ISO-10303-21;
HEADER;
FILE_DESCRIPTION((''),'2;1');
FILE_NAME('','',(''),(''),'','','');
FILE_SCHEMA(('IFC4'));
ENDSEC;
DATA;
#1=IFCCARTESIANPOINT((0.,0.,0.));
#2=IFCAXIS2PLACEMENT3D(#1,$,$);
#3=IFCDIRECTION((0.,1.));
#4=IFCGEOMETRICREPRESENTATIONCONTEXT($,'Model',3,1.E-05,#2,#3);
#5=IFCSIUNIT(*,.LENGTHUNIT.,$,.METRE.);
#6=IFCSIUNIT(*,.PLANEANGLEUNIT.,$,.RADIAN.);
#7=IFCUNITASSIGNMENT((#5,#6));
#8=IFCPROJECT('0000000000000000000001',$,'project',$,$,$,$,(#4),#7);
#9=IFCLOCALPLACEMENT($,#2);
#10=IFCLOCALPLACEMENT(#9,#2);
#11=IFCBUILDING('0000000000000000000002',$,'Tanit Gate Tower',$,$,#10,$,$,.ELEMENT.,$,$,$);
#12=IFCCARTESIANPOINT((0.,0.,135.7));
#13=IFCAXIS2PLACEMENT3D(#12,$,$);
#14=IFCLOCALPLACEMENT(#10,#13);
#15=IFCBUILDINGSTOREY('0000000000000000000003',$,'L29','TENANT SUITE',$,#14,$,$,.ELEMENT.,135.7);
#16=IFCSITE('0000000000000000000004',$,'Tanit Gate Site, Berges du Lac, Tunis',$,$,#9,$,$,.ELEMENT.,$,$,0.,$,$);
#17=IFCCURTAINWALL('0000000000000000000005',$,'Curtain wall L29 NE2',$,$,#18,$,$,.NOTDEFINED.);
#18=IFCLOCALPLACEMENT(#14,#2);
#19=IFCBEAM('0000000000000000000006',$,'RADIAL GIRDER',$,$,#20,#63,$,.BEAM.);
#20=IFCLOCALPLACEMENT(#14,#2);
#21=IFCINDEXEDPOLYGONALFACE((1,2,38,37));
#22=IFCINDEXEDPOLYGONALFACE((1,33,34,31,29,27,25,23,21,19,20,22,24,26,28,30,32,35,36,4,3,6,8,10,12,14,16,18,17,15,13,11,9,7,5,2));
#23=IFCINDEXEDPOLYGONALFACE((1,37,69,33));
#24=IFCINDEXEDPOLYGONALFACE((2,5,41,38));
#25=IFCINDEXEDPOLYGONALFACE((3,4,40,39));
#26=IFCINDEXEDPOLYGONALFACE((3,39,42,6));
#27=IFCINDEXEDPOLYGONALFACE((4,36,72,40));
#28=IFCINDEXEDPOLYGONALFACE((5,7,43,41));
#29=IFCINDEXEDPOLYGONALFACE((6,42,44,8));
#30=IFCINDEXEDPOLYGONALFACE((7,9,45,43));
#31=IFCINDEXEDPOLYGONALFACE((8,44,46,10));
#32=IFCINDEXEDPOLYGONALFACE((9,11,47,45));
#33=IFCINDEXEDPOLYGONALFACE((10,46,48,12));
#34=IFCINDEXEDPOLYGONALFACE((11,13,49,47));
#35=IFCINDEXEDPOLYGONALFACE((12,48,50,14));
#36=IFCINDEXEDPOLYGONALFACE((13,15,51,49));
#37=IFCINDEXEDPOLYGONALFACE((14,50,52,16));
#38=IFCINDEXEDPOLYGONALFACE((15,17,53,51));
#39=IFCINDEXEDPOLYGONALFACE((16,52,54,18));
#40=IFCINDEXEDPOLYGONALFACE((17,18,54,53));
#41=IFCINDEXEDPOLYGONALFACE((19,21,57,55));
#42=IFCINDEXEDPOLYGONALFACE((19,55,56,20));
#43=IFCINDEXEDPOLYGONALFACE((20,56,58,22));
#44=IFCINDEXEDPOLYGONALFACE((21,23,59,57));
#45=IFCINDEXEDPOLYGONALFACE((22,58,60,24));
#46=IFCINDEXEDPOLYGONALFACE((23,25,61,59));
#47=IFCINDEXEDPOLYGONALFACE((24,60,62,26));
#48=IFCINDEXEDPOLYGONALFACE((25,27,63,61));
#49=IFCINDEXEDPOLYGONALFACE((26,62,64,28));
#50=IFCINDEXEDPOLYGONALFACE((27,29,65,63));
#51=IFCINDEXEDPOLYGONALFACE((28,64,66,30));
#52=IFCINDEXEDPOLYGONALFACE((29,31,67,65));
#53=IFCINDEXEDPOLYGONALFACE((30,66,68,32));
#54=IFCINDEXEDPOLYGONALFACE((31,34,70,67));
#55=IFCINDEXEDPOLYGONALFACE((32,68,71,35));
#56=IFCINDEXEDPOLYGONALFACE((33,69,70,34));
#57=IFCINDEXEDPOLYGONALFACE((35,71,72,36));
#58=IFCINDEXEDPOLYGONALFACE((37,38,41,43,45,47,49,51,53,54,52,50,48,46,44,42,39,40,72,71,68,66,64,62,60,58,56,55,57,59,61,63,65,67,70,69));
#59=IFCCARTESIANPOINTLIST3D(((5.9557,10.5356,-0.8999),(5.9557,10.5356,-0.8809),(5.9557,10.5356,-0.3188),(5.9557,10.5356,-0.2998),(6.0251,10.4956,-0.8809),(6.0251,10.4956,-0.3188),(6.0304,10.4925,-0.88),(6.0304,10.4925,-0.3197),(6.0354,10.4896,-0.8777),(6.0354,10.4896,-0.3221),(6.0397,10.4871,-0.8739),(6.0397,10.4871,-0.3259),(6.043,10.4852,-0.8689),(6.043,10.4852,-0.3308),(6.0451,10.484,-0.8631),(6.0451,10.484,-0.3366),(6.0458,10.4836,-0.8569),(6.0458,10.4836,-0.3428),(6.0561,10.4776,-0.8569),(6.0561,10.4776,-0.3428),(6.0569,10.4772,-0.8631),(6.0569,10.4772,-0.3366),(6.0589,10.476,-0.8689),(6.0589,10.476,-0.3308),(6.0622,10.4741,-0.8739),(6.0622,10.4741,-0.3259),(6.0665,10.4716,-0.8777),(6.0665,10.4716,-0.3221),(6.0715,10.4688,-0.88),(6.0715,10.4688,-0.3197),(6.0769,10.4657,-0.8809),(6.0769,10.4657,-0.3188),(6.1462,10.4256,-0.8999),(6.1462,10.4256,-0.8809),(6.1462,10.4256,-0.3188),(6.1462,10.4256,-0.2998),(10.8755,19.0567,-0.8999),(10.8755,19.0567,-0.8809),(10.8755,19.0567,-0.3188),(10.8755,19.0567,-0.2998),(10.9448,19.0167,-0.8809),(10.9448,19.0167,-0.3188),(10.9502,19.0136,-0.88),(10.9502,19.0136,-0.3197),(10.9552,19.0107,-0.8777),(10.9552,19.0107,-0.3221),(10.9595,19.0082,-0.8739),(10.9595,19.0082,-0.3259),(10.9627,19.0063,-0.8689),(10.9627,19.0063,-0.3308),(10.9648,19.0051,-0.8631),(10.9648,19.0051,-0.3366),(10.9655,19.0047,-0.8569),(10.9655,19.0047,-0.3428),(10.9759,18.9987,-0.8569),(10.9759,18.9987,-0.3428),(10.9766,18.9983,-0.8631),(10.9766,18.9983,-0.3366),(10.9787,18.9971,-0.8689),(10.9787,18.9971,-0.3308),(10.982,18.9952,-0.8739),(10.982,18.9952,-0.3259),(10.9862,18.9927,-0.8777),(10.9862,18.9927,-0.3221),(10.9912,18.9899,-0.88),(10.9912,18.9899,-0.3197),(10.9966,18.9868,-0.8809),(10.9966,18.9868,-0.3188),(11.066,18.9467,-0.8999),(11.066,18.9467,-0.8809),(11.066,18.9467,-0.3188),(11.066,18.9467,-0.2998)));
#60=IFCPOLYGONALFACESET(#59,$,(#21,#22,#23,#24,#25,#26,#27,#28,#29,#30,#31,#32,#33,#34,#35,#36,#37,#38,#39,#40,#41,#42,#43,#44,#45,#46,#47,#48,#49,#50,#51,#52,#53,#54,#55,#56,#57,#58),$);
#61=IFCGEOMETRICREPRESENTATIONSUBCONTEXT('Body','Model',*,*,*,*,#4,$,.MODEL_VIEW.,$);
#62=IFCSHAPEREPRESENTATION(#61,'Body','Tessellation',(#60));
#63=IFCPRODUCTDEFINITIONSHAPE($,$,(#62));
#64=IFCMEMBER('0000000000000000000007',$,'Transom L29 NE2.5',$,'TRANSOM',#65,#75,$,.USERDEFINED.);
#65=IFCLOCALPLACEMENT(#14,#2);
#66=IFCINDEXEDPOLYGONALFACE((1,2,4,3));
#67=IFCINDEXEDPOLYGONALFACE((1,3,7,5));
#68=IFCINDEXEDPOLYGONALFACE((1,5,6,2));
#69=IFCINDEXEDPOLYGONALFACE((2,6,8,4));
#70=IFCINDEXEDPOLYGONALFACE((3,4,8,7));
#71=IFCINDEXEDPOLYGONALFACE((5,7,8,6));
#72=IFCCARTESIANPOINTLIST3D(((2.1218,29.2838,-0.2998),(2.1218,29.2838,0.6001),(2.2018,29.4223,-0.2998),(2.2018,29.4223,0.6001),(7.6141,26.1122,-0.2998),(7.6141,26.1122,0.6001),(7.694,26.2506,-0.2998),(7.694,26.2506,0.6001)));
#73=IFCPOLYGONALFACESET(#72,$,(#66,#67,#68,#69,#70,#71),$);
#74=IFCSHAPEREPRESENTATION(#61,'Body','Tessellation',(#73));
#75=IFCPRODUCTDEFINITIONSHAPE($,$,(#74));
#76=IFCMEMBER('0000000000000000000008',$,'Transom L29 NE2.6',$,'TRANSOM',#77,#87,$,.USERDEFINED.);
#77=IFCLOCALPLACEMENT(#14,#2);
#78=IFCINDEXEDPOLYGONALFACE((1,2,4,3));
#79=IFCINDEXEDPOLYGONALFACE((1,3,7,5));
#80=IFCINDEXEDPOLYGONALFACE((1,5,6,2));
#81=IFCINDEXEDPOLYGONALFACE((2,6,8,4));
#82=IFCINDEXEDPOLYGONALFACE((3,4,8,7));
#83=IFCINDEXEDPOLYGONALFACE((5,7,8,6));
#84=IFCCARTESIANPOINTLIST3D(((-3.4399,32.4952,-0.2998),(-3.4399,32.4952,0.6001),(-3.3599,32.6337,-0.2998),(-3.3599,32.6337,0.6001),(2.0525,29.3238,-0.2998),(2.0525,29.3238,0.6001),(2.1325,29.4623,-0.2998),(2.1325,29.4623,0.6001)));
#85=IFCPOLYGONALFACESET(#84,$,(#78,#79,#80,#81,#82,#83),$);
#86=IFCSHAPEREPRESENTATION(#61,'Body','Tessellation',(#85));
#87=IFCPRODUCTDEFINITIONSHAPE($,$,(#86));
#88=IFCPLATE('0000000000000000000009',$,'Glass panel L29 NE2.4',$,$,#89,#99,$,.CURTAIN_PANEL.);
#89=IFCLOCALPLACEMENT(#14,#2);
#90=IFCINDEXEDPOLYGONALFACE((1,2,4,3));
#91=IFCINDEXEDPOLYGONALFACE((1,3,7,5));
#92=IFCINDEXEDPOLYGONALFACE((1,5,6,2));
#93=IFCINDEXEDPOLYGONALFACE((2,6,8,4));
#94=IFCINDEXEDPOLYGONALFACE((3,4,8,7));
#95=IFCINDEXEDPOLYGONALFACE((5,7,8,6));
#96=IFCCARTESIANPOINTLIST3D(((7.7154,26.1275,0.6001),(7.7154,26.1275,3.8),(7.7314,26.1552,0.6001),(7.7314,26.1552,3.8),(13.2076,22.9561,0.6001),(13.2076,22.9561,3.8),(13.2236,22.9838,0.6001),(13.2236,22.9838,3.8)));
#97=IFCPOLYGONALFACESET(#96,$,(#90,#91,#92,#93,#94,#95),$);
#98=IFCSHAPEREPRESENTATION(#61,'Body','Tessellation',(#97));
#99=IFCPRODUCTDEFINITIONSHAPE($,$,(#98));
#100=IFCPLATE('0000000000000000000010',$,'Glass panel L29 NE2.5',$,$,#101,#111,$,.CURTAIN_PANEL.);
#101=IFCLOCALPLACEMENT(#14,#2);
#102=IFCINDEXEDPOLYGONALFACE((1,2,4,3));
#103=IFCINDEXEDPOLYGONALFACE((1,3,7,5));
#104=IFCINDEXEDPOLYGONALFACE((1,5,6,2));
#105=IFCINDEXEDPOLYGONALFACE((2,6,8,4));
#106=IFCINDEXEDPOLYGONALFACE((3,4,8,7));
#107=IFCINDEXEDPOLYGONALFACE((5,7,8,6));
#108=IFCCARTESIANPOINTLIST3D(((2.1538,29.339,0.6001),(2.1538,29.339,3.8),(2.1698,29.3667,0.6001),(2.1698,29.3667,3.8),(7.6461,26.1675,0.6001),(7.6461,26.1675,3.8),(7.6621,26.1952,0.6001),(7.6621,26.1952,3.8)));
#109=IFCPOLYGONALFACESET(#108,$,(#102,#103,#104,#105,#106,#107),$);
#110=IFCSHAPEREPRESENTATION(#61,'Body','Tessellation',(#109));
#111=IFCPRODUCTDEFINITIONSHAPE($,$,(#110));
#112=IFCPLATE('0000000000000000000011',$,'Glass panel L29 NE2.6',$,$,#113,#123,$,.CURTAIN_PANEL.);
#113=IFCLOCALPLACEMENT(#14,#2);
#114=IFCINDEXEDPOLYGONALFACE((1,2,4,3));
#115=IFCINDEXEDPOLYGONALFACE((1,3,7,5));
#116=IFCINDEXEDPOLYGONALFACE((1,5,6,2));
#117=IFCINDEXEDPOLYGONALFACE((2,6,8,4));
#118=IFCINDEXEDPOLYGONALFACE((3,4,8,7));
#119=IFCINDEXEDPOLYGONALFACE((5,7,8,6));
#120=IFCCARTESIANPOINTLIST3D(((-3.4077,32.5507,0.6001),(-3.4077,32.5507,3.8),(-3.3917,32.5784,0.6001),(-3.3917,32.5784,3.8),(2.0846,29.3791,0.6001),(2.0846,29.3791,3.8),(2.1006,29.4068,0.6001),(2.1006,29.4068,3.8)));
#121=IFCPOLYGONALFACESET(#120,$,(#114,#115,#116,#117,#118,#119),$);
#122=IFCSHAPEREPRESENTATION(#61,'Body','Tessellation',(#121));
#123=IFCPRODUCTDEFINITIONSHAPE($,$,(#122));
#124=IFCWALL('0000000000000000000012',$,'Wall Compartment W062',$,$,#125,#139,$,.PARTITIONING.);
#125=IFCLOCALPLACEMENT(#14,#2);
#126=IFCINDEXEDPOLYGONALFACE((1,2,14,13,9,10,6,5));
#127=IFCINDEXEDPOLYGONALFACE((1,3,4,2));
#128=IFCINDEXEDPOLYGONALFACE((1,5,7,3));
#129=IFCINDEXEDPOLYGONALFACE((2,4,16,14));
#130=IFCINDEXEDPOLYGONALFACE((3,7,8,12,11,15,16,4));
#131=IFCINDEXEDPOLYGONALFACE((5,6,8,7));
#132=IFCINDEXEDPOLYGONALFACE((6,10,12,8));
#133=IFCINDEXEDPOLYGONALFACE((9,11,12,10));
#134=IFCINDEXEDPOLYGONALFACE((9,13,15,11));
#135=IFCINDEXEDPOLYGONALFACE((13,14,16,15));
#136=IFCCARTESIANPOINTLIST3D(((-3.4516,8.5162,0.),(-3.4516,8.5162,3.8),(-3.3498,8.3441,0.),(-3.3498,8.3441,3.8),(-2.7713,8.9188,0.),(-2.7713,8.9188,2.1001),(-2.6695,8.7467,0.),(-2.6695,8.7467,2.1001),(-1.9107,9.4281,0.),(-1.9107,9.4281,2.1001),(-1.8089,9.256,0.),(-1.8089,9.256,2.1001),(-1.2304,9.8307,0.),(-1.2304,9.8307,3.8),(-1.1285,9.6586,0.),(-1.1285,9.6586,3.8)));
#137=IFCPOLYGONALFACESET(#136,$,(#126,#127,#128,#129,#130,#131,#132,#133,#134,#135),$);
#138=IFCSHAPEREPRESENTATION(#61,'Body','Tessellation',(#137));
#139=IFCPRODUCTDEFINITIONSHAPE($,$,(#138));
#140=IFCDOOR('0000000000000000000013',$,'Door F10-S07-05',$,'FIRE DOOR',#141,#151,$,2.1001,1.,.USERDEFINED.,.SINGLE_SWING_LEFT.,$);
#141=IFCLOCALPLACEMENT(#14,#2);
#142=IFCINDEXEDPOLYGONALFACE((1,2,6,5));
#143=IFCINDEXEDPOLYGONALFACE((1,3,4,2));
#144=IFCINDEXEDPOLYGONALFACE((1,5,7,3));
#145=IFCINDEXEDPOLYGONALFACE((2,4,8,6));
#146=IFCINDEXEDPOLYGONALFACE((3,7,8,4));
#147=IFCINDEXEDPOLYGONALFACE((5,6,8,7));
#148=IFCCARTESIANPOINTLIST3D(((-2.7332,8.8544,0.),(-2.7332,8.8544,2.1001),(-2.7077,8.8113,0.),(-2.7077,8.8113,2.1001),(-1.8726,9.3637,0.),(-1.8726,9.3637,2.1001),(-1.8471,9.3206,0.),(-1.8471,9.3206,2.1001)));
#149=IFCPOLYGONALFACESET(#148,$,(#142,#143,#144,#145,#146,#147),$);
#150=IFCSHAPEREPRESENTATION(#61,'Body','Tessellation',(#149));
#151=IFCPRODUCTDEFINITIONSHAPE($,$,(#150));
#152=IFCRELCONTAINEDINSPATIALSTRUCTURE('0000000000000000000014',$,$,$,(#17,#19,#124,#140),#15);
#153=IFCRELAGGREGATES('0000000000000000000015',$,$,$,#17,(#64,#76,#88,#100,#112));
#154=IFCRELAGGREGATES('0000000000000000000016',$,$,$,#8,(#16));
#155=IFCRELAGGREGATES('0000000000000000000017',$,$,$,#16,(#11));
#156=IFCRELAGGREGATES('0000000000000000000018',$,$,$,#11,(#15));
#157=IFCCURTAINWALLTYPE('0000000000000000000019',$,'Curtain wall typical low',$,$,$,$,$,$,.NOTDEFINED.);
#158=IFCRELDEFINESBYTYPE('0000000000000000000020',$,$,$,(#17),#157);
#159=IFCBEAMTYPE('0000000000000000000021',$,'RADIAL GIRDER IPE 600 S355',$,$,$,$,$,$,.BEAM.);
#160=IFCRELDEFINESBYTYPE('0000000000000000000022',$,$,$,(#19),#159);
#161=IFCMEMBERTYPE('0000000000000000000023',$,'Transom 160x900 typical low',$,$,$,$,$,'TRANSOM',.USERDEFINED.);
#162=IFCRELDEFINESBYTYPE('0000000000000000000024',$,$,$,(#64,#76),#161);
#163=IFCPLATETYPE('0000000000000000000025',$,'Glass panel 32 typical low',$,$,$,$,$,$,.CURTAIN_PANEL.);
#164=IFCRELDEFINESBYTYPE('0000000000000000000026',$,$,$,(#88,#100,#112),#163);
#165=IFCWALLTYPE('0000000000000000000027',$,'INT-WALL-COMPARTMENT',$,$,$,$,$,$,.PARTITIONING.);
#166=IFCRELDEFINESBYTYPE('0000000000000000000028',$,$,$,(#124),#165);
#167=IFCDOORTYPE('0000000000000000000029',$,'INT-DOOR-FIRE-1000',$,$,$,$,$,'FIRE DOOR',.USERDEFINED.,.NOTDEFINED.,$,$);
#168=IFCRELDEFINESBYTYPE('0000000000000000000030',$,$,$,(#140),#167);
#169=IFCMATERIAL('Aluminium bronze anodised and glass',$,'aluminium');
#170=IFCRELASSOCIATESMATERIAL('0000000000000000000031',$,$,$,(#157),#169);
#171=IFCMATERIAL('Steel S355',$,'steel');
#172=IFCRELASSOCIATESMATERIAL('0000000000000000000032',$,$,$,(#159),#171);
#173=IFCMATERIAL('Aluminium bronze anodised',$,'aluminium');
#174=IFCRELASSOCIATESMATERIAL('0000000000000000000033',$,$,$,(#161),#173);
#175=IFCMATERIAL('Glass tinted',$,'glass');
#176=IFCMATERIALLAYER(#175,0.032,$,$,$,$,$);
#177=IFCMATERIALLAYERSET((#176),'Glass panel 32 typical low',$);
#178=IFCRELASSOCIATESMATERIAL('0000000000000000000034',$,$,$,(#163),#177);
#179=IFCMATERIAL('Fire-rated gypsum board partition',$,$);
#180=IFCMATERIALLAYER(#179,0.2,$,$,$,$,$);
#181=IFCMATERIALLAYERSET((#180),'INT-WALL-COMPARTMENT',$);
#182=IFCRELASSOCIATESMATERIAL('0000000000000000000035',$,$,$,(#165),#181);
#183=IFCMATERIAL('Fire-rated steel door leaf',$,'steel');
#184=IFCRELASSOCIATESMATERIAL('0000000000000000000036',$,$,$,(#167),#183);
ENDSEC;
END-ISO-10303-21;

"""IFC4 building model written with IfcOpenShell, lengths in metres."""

from ifc_helpers import new_model, si_unit, direction, frame, frame_2d, origin, origin_2d, place, context, subcontext, project, spatial, rectangle, i_section, extrude, material, layer, layer_set, material_profile, profile_set, type_object, element, fill, aggregate, save


model = new_model("IFC4")

# Units and contexts
model_context = context("Model", 3, precision=1e-05, world=origin(), true_north=direction((0.0, 1.0)))
body_context = subcontext(model_context, "Body", "Model", "MODEL_VIEW")
ifc_project = project(units=[si_unit("LENGTHUNIT", "METRE"), si_unit("PLANEANGLEUNIT", "RADIAN")], contexts=[model_context])

# Site, building, storey
site_placement = place(None, origin())
site = spatial("IfcSite", under=ifc_project, at=site_placement, Name="Tanit Gate Site, Berges du Lac, Tunis", CompositionType="ELEMENT", RefElevation=0.0)
building_placement = place(site_placement, origin())
building = spatial("IfcBuilding", under=site, at=building_placement, Name="Tanit Gate Tower", CompositionType="ELEMENT")
storey_placement = place(building_placement, frame((0.0, 0.0, 135.7)))
storey = spatial("IfcBuildingStorey", under=building, at=storey_placement, Name="L29", Description="TENANT SUITE", CompositionType="ELEMENT", Elevation=135.7)

# Curtain wall
ifc_material_1 = material(Name="Aluminium bronze anodised and glass", Category="aluminium")
curtain_wall_type = type_object("IfcCurtainWallType", Name="Curtain wall typical low", PredefinedType="NOTDEFINED", material=ifc_material_1)
curtain_wall_placement = place(storey_placement, origin())
curtain_wall = element("IfcCurtainWall", 1, at=curtain_wall_placement, inside=storey, type_object=curtain_wall_type, Name="Curtain wall L29 NE2", PredefinedType="NOTDEFINED")

# Beam
ifc_material_2 = material(Name="Steel S355", Category="steel")
ifc_material_profile_1 = material_profile(ifc_material_2, i_section(OverallWidth=0.22, OverallDepth=0.6001, WebThickness=0.012, FlangeThickness=0.019, FilletRadius=0.0239, at=origin_2d()), Name="IPE 600")
ifc_profile_set_1 = profile_set([ifc_material_profile_1], Name="Steel S355")
beam_type_1 = type_object("IfcBeamType", Name="RADIAL GIRDER IPE 600 S355", PredefinedType="BEAM", material=ifc_profile_set_1)
beam_1_placement = place(storey_placement, frame((10.9707, 19.0017, -0.5999), z_axis=(-0.500006, -0.866022, 0.0), x_axis=(0.866022, -0.500006, 0.0)))
element("IfcBeam", 2, at=beam_1_placement, inside=storey, type_object=beam_type_1, Name="RADIAL GIRDER", PredefinedType="BEAM", context=body_context, shape_type="SweptSolid", body=[
    extrude(i_section(OverallWidth=0.22, OverallDepth=0.6001, WebThickness=0.012, FlangeThickness=0.019, FilletRadius=0.0239, at=origin_2d()), origin(), (0.0, 0.0, 1.0), 9.8394),
])

# Members
ifc_material_3 = material(Name="Aluminium bronze anodised", Category="aluminium")
ifc_material_profile_2 = material_profile(ifc_material_3, rectangle(XDim=0.1599, YDim=0.8999, at=origin_2d()), Name="160x900 bronze transom")
ifc_profile_set_2 = profile_set([ifc_material_profile_2], Name="Aluminium bronze anodised")
member_type_1 = type_object("IfcMemberType", Name="Transom 160x900 typical low", ElementType="TRANSOM", PredefinedType="USERDEFINED", material=ifc_profile_set_2)
member_1_placement = place(storey_placement, frame((7.6541, 26.1814, 0.1501), z_axis=(-0.865977, 0.500085, 0.0), x_axis=(-0.500085, -0.865977, 0.0)))
member_1 = element("IfcMember", 3, at=member_1_placement, type_object=member_type_1, Name="Transom L29 NE2.5", ObjectType="TRANSOM", PredefinedType="USERDEFINED", context=body_context, shape_type="SweptSolid", body=[
    extrude(rectangle(XDim=0.1599, YDim=0.8999, at=origin_2d()), origin(), (0.0, 0.0, 1.0), 6.3423),
])
member_2_placement = place(storey_placement, frame((2.0925, 29.3931, 0.1501), z_axis=(-0.866003, 0.500039, 0.0), x_axis=(-0.500039, -0.866003, 0.0)))
member_2 = element("IfcMember", 4, at=member_2_placement, type_object=member_type_1, Name="Transom L29 NE2.6", ObjectType="TRANSOM", PredefinedType="USERDEFINED", context=body_context, shape_type="SweptSolid", body=[
    extrude(rectangle(XDim=0.1599, YDim=0.8999, at=origin_2d()), origin(), (0.0, 0.0, 1.0), 6.3423),
])

# Plates
ifc_material_4 = material(Name="Glass tinted", Category="glass")
ifc_layer_1 = layer(ifc_material_4, 0.032)
ifc_layer_set_1 = layer_set([ifc_layer_1], Name="Glass panel 32 typical low")
plate_type = type_object("IfcPlateType", Name="Glass panel 32 typical low", PredefinedType="CURTAIN_PANEL", material=ifc_layer_set_1)
plate_1_placement = place(storey_placement, frame((10.4695, 24.5557, 0.6001), z_axis=(0.0, 0.0, 1.0), x_axis=(-0.865991, 0.50006, 0.0)))
plate_1 = element("IfcPlate", 5, at=plate_1_placement, type_object=plate_type, Name="Glass panel L29 NE2.4", PredefinedType="CURTAIN_PANEL", context=body_context, shape_type="SweptSolid", body=[
    extrude(rectangle(XDim=6.342, YDim=0.032, at=origin_2d()), origin(), (0.0, 0.0, 1.0), 3.2),
])
plate_2_placement = place(storey_placement, frame((4.908, 27.7671, 0.6001), z_axis=(0.0, 0.0, 1.0), x_axis=(-0.865991, 0.50006, 0.0)))
plate_2 = element("IfcPlate", 6, at=plate_2_placement, type_object=plate_type, Name="Glass panel L29 NE2.5", PredefinedType="CURTAIN_PANEL", context=body_context, shape_type="SweptSolid", body=[
    extrude(rectangle(XDim=6.3423, YDim=0.032, at=origin_2d()), origin(), (0.0, 0.0, 1.0), 3.2),
])
plate_3_placement = place(storey_placement, frame((-0.6536, 30.9788, 0.6001), z_axis=(0.0, 0.0, 1.0), x_axis=(-0.865991, 0.50006, 0.0)))
plate_3 = element("IfcPlate", 7, at=plate_3_placement, type_object=plate_type, Name="Glass panel L29 NE2.6", PredefinedType="CURTAIN_PANEL", context=body_context, shape_type="SweptSolid", body=[
    extrude(rectangle(XDim=6.3423, YDim=0.032, at=origin_2d()), origin(), (0.0, 0.0, 1.0), 3.2),
])
aggregate(curtain_wall, [member_1, member_2, plate_1, plate_2, plate_3])

# Wall, opening, door
ifc_material_5 = material(Name="Fire-rated gypsum board partition")
ifc_layer_2 = layer(ifc_material_5, 0.2)
ifc_layer_set_2 = layer_set([ifc_layer_2], Name="INT-WALL-COMPARTMENT")
wall_type_1 = type_object("IfcWallType", Name="INT-WALL-COMPARTMENT", PredefinedType="PARTITIONING", material=ifc_layer_set_2)
wall_1_placement = place(storey_placement, frame((-1.1794, 9.7446, 0.0), z_axis=(0.0, 0.0, 1.0), x_axis=(-0.860599, -0.509284, 0.0)))
wall_1 = element("IfcWall", 8, at=wall_1_placement, inside=storey, type_object=wall_type_1, Name="Wall Compartment W062", PredefinedType="PARTITIONING", context=body_context, shape_type="SweptSolid", body=[
    extrude(rectangle(XDim=2.5811, YDim=0.2, at=frame_2d((1.2905, 0.0))), origin(), (0.0, 0.0, 1.0), 3.8),
])
opening_1_placement = place(wall_1_placement, frame((0.7905, 0.0, 0.0)))
opening_1 = element("IfcOpeningElement", 9, at=opening_1_placement, cuts=wall_1, PredefinedType="OPENING", context=body_context, shape_type="SweptSolid", body=[
    extrude(rectangle(XDim=1.0, YDim=2.1001, at=frame_2d((0.5, 1.05))), frame((0.0, 0.1099, 0.0), z_axis=(0.0, -1.0, 0.0), x_axis=(1.0, 0.0, 0.0)), (0.0, 0.0, 1.0), 0.22),
])
ifc_material_6 = material(Name="Fire-rated steel door leaf", Category="steel")
door_type_1 = type_object("IfcDoorType", Name="INT-DOOR-FIRE-1000", ElementType="FIRE DOOR", OperationType="NOTDEFINED", PredefinedType="USERDEFINED", material=ifc_material_6)
door_1_placement = place(opening_1_placement, origin())
door_1 = element("IfcDoor", 10, at=door_1_placement, inside=storey, type_object=door_type_1, Name="Door F10-S07-05", ObjectType="FIRE DOOR", OperationType="SINGLE_SWING_LEFT", OverallHeight=2.1001, OverallWidth=1.0, PredefinedType="USERDEFINED", context=body_context, shape_type="SweptSolid", body=[
    extrude(rectangle(XDim=1.0, YDim=2.1001, at=frame_2d((0.5, 1.05))), frame((0.0, 0.0249, 0.0), z_axis=(0.0, -1.0, 0.0), x_axis=(1.0, 0.0, 0.0)), (0.0, 0.0, 1.0), 0.05),
])
fill(opening_1, door_1)

save(model, "model.ifc")
